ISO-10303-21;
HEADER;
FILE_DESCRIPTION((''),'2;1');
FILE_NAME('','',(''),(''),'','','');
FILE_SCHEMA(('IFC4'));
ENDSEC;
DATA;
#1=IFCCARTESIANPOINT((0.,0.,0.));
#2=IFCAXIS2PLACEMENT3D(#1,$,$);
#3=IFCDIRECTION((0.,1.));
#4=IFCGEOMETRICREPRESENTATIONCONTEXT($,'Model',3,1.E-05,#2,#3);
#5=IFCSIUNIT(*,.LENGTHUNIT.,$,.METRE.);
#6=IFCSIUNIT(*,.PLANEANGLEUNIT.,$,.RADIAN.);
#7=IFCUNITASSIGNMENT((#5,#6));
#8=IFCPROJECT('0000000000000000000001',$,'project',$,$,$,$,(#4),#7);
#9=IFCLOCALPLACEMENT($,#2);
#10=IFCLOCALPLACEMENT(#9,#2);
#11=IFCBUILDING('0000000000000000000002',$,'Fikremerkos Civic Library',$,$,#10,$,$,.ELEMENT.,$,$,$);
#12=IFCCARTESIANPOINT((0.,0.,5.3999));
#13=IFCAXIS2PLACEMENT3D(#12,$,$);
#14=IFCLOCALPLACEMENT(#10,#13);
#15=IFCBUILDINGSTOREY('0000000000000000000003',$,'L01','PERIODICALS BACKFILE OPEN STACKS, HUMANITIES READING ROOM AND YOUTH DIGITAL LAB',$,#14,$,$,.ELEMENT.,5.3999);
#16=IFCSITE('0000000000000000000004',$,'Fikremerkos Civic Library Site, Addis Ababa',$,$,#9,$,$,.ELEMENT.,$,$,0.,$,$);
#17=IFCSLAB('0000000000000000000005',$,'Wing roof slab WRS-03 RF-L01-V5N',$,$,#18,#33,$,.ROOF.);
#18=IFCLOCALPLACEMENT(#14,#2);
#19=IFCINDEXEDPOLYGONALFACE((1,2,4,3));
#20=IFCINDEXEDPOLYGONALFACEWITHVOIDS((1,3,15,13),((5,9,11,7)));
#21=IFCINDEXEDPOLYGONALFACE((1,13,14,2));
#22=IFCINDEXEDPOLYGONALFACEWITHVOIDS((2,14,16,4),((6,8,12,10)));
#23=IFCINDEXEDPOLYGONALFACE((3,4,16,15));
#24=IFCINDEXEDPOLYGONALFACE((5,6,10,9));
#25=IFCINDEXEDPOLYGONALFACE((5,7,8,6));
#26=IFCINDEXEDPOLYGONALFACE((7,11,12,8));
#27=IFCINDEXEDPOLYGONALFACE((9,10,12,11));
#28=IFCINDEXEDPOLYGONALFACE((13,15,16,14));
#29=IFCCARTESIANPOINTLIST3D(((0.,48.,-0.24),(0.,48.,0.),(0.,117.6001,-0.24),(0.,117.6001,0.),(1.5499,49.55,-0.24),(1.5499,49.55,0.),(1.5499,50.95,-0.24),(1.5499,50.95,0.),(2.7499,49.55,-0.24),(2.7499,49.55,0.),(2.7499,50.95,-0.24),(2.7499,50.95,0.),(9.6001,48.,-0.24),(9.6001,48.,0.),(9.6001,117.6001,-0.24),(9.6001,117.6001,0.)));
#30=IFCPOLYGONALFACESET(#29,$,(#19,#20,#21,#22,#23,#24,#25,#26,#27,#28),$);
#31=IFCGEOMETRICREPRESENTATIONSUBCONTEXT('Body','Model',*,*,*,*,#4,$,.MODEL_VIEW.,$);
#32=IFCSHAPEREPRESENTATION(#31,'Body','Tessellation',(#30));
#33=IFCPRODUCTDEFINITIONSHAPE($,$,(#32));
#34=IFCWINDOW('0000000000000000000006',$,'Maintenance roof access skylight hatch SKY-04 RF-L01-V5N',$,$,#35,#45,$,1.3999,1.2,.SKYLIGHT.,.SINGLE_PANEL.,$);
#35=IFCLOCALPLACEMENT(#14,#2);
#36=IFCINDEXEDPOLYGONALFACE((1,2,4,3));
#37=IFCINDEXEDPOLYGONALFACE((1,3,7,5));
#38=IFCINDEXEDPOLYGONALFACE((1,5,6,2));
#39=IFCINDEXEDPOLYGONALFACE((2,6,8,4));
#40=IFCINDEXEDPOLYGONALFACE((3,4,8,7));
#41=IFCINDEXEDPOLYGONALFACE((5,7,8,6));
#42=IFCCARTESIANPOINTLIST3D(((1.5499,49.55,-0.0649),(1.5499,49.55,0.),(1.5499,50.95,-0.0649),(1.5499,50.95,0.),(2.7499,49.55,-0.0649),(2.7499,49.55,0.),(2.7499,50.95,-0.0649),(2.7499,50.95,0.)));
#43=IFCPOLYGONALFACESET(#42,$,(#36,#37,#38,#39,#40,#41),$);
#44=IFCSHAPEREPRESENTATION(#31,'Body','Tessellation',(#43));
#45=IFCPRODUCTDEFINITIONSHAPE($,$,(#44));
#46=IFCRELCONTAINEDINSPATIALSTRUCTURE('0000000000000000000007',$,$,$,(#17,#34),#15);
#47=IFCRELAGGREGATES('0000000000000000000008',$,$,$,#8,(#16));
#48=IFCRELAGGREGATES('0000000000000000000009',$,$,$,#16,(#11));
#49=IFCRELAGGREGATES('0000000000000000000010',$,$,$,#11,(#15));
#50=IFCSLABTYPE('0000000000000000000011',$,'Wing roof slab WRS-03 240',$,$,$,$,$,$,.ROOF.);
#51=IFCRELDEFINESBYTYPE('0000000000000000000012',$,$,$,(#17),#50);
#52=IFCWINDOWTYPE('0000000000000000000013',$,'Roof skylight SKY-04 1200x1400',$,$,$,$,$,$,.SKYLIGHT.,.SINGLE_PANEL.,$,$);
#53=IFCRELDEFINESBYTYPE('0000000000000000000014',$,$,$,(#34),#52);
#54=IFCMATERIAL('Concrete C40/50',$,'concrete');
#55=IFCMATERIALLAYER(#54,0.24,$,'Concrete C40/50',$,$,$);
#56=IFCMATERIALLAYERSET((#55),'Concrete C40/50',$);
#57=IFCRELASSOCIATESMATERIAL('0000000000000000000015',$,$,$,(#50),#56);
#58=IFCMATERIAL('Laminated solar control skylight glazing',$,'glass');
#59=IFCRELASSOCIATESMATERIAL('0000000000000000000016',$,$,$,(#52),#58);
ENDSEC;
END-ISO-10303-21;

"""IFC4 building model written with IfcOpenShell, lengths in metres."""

from ifc_helpers import new_model, si_unit, direction, frame, origin, origin_2d, place, context, subcontext, project, spatial, polyline, rectangle, outline, extrude, material, layer, layer_set, type_object, element, fill, save


model = new_model("IFC4")

# Units and contexts
model_context = context("Model", 3, precision=1e-05, world=origin(), true_north=direction((0.0, 1.0)))
body_context = subcontext(model_context, "Body", "Model", "MODEL_VIEW")
ifc_project = project(units=[si_unit("LENGTHUNIT", "METRE"), si_unit("PLANEANGLEUNIT", "RADIAN")], contexts=[model_context])

# Site, building, storey
site_placement = place(None, origin())
site = spatial("IfcSite", under=ifc_project, at=site_placement, Name="Fikremerkos Civic Library Site, Addis Ababa", CompositionType="ELEMENT", RefElevation=0.0)
building_placement = place(site_placement, origin())
building = spatial("IfcBuilding", under=site, at=building_placement, Name="Fikremerkos Civic Library", CompositionType="ELEMENT")
storey_placement = place(building_placement, frame((0.0, 0.0, 5.3999)))
storey = spatial("IfcBuildingStorey", under=building, at=storey_placement, Name="L01", Description="PERIODICALS BACKFILE OPEN STACKS, HUMANITIES READING ROOM AND YOUTH DIGITAL LAB", CompositionType="ELEMENT", Elevation=5.3999)

# Shared definitions
ifc_material_1 = material(Name="Concrete C40/50", Category="concrete")

# Slab, opening, window
ifc_layer_1 = layer(ifc_material_1, 0.24, Name="Concrete C40/50")
ifc_layer_set_1 = layer_set([ifc_layer_1], Name="Concrete C40/50")
slab_type_1 = type_object("IfcSlabType", Name="Wing roof slab WRS-03 240", PredefinedType="ROOF", material=ifc_layer_set_1)
slab_1_placement = place(storey_placement, frame((0.0, 0.0, -0.24)))
slab_1 = element("IfcSlab", 1, at=slab_1_placement, inside=storey, type_object=slab_type_1, Name="Wing roof slab WRS-03 RF-L01-V5N", PredefinedType="ROOF", context=body_context, shape_type="SweptSolid", body=[
    extrude(outline(polyline([(0.0, 48.0), (9.6001, 48.0), (9.6001, 117.6001), (0.0, 117.6001), (0.0, 48.0)])), origin(), (0.0, 0.0, 1.0), 0.24),
])
opening_placement = place(slab_1_placement, frame((2.1499, 50.25, 0.0)))
opening = element("IfcOpeningElement", 2, at=opening_placement, cuts=slab_1, PredefinedType="OPENING", context=body_context, shape_type="SweptSolid", body=[
    extrude(rectangle(XDim=1.2, YDim=1.3999, at=origin_2d()), frame((0.0, 0.0, -0.01), z_axis=(0.0, 0.0, 1.0), x_axis=(1.0, 0.0, 0.0)), (0.0, 0.0, 1.0), 0.26),
])
ifc_material_2 = material(Name="Laminated solar control skylight glazing", Category="glass")
window_type = type_object("IfcWindowType", Name="Roof skylight SKY-04 1200x1400", PartitioningType="SINGLE_PANEL", PredefinedType="SKYLIGHT", material=ifc_material_2)
window_placement = place(opening_placement, frame((0.0, 0.0, 0.175)))
window = element("IfcWindow", 3, at=window_placement, inside=storey, type_object=window_type, Name="Maintenance roof access skylight hatch SKY-04 RF-L01-V5N", OverallHeight=1.3999, OverallWidth=1.2, PartitioningType="SINGLE_PANEL", PredefinedType="SKYLIGHT", context=body_context, shape_type="SweptSolid", body=[
    extrude(rectangle(XDim=1.2, YDim=1.3999, at=origin_2d()), origin(), (0.0, 0.0, 1.0), 0.0649),
])
fill(opening, window)

save(model, "model.ifc")
